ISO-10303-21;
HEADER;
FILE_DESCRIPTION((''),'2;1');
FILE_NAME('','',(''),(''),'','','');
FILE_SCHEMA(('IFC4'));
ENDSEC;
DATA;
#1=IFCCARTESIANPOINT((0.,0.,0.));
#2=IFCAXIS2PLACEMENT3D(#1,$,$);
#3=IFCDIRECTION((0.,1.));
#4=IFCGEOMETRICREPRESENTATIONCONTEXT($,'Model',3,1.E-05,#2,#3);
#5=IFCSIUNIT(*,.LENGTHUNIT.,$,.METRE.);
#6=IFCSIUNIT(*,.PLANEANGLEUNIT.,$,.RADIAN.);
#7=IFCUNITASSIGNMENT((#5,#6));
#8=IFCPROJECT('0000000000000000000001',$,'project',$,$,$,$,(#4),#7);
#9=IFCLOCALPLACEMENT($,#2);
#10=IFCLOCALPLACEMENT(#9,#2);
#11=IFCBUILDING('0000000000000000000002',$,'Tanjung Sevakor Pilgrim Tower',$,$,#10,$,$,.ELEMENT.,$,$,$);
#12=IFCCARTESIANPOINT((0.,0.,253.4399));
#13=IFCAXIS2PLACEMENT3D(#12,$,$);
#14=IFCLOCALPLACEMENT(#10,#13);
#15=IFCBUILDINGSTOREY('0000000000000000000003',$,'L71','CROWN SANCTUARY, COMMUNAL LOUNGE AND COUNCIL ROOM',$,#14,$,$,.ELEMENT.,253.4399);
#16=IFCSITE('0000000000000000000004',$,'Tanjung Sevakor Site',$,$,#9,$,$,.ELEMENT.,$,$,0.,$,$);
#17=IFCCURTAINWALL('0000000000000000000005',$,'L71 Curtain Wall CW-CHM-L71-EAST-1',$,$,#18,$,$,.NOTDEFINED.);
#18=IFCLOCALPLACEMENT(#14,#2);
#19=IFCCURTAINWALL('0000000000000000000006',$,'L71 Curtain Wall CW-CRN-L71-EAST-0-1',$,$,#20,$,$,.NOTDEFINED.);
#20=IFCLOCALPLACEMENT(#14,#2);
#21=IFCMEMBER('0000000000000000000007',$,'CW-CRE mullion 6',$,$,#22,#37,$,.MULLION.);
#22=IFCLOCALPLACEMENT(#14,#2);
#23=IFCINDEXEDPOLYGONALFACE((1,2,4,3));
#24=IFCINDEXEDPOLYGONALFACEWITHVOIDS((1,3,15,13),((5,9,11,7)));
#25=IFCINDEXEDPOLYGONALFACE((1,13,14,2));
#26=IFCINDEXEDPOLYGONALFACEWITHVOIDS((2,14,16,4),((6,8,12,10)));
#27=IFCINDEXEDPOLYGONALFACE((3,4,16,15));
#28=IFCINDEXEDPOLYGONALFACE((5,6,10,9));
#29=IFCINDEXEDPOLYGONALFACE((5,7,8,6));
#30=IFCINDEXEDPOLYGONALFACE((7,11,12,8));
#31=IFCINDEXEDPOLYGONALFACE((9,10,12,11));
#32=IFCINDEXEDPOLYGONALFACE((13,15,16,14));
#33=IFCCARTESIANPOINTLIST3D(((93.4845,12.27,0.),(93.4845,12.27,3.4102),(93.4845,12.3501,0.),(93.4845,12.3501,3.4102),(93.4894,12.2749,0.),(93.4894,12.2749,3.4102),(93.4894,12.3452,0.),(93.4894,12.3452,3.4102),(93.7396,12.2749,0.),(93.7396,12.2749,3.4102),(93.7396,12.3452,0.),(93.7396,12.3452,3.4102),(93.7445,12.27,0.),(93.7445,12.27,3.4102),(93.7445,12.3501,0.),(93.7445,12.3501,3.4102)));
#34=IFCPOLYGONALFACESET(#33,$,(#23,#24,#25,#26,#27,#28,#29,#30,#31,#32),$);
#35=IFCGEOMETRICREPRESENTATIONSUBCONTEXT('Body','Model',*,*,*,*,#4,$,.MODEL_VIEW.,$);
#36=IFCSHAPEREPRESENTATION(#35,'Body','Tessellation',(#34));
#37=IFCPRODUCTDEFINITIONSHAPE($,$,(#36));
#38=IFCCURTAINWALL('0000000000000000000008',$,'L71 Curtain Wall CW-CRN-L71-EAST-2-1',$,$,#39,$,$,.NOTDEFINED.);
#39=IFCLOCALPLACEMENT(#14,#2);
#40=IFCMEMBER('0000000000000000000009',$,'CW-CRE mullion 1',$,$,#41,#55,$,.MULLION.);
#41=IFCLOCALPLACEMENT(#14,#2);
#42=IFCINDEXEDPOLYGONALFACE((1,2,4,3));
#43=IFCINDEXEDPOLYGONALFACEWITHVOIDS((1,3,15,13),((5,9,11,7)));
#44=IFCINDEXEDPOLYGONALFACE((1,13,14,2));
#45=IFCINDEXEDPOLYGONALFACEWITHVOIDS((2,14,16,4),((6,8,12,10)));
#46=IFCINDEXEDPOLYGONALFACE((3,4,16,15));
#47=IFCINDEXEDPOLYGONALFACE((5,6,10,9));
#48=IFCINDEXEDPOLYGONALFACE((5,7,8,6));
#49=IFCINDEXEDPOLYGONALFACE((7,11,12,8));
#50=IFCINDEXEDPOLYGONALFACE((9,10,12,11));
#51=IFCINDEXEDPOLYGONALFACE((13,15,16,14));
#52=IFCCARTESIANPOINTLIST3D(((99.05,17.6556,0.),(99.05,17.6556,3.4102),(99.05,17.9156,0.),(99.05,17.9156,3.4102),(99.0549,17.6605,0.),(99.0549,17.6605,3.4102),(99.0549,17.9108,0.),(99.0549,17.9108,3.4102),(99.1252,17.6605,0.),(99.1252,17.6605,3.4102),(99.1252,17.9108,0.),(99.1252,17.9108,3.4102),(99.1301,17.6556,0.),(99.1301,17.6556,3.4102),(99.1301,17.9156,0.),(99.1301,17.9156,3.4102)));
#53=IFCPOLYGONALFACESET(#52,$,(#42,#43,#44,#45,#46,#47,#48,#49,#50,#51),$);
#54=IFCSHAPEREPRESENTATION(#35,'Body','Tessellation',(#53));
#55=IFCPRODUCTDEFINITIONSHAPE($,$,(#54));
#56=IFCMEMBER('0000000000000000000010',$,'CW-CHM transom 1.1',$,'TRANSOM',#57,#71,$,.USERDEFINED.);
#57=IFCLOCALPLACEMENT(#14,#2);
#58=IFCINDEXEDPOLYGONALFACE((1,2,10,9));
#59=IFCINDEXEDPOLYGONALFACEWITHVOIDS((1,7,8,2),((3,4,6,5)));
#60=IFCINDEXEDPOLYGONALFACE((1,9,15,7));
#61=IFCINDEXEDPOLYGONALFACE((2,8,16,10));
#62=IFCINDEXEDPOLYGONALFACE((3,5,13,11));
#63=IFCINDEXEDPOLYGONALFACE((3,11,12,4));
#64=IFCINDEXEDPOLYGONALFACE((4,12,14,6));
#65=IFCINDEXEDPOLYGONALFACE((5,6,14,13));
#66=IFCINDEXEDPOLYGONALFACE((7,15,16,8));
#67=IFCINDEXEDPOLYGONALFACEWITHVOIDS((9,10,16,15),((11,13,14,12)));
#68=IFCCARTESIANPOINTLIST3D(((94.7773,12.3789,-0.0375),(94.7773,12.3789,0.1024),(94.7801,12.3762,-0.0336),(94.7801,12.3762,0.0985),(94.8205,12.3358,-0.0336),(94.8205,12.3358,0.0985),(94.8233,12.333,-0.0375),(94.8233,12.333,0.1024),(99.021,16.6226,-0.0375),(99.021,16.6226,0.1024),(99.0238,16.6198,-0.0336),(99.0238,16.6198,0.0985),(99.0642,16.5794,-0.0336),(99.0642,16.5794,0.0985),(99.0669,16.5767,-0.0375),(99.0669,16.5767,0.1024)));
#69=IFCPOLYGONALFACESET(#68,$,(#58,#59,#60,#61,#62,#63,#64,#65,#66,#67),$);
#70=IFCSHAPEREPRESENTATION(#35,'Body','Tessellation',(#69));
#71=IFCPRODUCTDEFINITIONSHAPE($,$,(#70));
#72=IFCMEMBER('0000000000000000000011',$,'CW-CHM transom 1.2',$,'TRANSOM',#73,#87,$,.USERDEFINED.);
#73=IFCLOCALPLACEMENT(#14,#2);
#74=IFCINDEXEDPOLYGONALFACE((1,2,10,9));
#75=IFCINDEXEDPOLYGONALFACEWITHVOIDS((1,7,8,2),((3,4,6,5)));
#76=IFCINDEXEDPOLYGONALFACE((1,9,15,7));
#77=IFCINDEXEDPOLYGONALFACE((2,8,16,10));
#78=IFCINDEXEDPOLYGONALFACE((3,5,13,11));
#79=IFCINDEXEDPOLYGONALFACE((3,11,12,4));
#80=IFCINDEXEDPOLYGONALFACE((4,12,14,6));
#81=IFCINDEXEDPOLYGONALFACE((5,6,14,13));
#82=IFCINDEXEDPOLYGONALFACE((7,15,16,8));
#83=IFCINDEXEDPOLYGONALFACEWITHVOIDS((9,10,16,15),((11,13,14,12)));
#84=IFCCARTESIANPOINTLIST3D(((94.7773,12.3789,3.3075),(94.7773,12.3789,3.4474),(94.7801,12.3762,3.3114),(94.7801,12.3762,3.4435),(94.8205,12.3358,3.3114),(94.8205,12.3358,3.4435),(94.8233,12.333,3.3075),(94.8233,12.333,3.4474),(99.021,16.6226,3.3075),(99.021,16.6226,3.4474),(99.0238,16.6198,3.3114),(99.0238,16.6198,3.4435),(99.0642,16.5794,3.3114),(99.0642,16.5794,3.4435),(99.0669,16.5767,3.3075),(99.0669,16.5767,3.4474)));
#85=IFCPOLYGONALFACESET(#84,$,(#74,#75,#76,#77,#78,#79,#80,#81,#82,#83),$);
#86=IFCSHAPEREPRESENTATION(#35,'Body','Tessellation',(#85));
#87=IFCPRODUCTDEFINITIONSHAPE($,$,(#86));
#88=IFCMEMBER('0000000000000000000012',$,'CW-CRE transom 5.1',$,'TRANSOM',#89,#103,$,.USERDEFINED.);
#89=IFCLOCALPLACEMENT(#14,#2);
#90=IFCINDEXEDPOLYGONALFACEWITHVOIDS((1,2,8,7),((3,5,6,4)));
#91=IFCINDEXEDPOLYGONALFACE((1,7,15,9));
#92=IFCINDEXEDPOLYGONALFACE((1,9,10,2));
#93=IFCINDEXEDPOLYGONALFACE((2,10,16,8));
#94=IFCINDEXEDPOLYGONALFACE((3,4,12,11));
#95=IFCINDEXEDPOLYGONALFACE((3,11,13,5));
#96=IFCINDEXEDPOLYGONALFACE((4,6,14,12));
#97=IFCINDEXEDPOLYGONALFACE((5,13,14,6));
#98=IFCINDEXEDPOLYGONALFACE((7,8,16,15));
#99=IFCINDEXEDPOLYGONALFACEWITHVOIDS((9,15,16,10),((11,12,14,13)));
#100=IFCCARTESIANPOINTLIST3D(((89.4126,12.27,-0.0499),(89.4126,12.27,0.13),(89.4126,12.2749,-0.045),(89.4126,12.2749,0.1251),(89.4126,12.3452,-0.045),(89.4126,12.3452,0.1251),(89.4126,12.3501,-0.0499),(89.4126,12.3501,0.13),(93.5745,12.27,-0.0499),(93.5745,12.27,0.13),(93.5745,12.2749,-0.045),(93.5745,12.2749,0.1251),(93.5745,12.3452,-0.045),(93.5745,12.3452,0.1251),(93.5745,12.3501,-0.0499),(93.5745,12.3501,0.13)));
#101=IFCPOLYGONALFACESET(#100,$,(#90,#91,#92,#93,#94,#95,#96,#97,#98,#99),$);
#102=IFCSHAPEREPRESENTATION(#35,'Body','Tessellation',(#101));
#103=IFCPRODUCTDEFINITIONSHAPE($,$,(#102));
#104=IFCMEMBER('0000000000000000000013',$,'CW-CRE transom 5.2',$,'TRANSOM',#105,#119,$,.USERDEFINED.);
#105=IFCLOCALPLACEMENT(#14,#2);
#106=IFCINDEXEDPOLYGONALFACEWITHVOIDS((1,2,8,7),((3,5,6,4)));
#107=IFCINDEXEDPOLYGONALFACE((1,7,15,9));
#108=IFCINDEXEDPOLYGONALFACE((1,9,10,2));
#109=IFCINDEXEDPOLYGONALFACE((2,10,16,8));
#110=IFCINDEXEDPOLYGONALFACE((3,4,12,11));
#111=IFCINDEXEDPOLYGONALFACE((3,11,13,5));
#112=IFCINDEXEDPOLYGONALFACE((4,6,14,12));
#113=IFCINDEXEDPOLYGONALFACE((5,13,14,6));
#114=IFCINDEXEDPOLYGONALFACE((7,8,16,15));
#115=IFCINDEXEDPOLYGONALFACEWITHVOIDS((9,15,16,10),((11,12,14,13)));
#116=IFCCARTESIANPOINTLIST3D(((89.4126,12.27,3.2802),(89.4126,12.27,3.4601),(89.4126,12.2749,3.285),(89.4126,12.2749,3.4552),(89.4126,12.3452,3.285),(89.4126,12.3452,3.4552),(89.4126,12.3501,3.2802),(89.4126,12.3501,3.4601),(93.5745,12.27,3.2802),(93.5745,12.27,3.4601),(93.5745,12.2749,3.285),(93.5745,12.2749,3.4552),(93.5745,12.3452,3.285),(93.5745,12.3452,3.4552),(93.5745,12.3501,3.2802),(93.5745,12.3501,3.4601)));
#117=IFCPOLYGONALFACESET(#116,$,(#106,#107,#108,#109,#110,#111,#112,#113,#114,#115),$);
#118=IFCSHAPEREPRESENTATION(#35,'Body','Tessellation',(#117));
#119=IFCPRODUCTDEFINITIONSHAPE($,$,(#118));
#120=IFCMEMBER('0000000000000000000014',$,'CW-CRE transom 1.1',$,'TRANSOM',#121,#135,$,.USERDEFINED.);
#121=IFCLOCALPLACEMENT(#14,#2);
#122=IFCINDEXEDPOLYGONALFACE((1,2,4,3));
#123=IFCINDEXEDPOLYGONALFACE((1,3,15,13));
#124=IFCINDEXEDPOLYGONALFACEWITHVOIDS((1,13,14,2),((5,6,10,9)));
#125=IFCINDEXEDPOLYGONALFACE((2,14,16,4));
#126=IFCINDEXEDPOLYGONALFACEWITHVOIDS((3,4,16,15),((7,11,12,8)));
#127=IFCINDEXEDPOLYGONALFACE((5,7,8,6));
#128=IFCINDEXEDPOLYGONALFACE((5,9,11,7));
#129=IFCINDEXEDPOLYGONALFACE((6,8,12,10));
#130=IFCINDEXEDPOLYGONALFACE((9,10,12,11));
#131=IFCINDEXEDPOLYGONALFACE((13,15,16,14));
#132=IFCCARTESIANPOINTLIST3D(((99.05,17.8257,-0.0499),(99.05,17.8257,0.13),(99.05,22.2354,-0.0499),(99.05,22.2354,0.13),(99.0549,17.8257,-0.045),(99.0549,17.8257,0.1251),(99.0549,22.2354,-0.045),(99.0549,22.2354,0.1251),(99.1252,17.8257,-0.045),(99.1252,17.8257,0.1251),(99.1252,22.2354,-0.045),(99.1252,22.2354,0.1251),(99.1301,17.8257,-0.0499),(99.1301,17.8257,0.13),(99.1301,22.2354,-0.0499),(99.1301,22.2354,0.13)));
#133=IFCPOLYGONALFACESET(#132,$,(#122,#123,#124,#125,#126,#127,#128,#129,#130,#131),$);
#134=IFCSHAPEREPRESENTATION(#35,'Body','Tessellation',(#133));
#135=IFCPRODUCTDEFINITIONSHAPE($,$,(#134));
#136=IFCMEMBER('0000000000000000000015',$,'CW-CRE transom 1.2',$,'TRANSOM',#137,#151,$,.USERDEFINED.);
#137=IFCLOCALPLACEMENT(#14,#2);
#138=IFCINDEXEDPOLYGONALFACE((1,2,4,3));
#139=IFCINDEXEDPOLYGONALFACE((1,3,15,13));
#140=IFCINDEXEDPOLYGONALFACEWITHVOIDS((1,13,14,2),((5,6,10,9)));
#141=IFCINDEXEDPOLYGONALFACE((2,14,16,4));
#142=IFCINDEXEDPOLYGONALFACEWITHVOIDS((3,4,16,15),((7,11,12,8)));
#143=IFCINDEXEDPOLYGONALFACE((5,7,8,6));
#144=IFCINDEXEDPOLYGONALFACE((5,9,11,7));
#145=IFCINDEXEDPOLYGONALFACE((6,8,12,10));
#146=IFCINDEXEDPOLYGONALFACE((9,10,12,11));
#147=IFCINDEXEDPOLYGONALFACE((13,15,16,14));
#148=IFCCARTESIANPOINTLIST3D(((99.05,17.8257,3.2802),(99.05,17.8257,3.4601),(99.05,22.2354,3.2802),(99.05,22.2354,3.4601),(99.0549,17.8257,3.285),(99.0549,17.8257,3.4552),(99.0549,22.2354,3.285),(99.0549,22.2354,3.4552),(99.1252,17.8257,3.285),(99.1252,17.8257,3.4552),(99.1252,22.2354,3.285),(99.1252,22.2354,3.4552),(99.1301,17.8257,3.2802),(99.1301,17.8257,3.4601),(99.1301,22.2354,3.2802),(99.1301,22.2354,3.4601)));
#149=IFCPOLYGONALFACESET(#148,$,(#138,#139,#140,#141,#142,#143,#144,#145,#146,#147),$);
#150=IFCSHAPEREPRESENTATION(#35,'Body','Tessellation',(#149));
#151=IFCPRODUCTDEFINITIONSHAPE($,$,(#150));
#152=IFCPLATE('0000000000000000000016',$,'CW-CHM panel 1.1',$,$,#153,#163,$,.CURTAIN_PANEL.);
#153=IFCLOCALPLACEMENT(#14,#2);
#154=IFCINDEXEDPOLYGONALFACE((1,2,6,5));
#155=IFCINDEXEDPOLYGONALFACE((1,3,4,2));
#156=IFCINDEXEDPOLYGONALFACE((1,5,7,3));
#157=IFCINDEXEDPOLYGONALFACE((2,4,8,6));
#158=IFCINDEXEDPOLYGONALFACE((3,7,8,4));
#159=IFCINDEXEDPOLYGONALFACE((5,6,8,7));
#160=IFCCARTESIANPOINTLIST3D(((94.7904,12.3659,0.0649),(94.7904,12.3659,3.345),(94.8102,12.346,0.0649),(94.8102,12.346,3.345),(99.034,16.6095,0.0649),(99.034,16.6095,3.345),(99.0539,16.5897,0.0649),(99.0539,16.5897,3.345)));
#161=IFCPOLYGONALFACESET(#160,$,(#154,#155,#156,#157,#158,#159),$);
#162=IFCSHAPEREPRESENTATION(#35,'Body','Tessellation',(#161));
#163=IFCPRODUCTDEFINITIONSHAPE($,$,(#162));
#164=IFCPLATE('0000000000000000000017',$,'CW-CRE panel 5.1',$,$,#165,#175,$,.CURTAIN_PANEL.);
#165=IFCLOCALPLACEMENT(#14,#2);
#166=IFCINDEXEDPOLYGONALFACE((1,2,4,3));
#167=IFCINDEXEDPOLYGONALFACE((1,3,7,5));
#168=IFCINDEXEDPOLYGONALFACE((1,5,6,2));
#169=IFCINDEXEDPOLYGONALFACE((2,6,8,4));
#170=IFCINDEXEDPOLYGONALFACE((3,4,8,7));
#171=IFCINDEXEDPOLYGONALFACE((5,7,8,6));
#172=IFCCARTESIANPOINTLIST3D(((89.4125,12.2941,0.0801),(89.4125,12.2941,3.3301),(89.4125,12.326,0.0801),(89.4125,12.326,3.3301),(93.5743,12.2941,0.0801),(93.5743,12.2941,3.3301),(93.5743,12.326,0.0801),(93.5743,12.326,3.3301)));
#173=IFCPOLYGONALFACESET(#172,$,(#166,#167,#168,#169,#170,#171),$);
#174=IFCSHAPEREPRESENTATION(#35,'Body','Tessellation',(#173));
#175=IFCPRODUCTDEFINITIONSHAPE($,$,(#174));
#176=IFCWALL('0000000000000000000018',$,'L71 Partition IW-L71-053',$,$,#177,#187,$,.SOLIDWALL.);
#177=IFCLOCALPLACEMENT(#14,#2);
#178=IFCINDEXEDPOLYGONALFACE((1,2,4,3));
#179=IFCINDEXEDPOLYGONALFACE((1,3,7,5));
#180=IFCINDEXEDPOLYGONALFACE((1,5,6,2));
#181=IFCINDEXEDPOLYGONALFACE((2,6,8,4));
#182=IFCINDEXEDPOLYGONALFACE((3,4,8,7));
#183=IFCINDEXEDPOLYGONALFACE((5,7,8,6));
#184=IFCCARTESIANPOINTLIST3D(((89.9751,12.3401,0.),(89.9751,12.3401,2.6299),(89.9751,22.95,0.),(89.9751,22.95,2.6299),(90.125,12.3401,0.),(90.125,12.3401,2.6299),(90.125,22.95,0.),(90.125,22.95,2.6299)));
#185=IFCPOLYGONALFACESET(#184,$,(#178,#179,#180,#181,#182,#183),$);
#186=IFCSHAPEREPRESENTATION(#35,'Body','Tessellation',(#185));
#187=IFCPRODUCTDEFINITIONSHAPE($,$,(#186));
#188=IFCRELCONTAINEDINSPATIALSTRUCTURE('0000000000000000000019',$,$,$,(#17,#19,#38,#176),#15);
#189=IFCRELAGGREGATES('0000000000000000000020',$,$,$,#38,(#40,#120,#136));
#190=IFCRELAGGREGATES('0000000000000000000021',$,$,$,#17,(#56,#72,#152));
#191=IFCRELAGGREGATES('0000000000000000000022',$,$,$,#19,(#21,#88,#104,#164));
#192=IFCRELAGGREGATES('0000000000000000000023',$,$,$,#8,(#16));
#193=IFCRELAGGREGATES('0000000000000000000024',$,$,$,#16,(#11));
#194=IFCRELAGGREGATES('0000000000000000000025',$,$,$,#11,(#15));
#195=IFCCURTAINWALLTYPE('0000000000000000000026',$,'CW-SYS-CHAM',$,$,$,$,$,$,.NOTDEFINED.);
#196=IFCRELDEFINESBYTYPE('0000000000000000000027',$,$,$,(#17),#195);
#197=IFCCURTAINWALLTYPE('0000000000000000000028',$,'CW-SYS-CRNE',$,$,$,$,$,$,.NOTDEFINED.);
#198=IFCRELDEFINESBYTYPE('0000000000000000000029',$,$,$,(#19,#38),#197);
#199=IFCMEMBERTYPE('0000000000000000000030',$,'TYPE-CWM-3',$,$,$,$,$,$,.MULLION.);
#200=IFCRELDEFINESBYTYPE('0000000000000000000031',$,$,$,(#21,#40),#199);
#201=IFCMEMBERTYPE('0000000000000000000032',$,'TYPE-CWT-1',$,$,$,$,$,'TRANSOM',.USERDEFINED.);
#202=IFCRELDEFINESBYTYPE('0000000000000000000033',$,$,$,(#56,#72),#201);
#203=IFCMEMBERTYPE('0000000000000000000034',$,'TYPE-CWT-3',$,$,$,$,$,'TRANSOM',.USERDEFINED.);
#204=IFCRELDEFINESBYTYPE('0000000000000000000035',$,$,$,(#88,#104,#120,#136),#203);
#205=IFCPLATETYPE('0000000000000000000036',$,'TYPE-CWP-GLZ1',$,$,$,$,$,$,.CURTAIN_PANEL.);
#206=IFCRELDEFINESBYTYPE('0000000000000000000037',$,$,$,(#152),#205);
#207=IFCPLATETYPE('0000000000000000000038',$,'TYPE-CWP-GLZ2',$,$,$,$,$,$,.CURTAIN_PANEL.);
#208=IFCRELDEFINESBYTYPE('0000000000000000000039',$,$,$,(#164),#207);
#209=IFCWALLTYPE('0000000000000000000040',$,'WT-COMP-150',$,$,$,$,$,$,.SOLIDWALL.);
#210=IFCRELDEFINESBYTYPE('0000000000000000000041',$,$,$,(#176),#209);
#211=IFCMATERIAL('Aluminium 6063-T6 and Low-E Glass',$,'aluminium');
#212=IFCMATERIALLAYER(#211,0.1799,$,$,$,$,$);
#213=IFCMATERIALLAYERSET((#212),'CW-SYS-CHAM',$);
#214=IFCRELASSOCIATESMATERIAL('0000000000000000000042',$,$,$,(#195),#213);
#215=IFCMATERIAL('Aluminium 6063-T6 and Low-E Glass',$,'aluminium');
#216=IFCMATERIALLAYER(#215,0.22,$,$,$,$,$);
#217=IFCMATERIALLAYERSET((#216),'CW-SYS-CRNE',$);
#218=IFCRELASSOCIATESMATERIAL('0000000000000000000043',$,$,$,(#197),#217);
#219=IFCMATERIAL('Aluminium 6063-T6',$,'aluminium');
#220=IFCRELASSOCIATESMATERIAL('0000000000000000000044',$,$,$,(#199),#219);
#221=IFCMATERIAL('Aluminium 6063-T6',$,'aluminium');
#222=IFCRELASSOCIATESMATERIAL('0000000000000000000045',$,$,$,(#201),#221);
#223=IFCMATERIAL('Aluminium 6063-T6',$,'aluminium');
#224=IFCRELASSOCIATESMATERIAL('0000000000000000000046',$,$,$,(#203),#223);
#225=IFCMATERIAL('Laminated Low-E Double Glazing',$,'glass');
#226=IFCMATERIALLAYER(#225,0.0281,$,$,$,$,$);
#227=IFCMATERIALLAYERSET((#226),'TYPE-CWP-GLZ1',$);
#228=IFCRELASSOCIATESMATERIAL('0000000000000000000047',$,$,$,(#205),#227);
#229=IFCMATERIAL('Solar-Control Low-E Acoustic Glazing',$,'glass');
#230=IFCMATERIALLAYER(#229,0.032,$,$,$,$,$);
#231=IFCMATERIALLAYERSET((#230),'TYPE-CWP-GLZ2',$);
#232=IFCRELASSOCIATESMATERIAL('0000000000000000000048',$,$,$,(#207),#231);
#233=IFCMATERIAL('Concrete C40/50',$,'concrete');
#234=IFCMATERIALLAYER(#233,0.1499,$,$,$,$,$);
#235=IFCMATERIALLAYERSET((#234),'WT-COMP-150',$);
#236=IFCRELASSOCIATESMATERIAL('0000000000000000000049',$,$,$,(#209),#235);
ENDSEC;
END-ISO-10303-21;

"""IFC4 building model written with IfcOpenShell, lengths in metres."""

from ifc_helpers import new_model, si_unit, direction, frame, frame_2d, origin, origin_2d, place, context, subcontext, project, spatial, rectangle, hollow_rectangle, extrude, material, layer, layer_set, material_profile, profile_set, type_object, element, aggregate, save


model = new_model("IFC4")

# Units and contexts
model_context = context("Model", 3, precision=1e-05, world=origin(), true_north=direction((0.0, 1.0)))
body_context = subcontext(model_context, "Body", "Model", "MODEL_VIEW")
ifc_project = project(units=[si_unit("LENGTHUNIT", "METRE"), si_unit("PLANEANGLEUNIT", "RADIAN")], contexts=[model_context])

# Site, building, storey
site_placement = place(None, origin())
site = spatial("IfcSite", under=ifc_project, at=site_placement, Name="Tanjung Sevakor Site", CompositionType="ELEMENT", RefElevation=0.0)
building_placement = place(site_placement, origin())
building = spatial("IfcBuilding", under=site, at=building_placement, Name="Tanjung Sevakor Pilgrim Tower", CompositionType="ELEMENT")
storey_placement = place(building_placement, frame((0.0, 0.0, 253.4399)))
storey = spatial("IfcBuildingStorey", under=building, at=storey_placement, Name="L71", Description="CROWN SANCTUARY, COMMUNAL LOUNGE AND COUNCIL ROOM", CompositionType="ELEMENT", Elevation=253.4399)

# Curtain walls, member
ifc_material_1 = material(Name="Aluminium 6063-T6 and Low-E Glass", Category="aluminium")
ifc_layer_1 = layer(ifc_material_1, 0.1799)
ifc_layer_set_1 = layer_set([ifc_layer_1], Name="CW-SYS-CHAM")
curtain_wall_type_1 = type_object("IfcCurtainWallType", Name="CW-SYS-CHAM", PredefinedType="NOTDEFINED", material=ifc_layer_set_1)
curtain_wall_1_placement = place(storey_placement, origin())
curtain_wall_1 = element("IfcCurtainWall", 1, at=curtain_wall_1_placement, inside=storey, type_object=curtain_wall_type_1, Name="L71 Curtain Wall CW-CHM-L71-EAST-1", PredefinedType="NOTDEFINED")
ifc_material_2 = material(Name="Aluminium 6063-T6 and Low-E Glass", Category="aluminium")
ifc_layer_2 = layer(ifc_material_2, 0.22)
ifc_layer_set_2 = layer_set([ifc_layer_2], Name="CW-SYS-CRNE")
curtain_wall_type_2 = type_object("IfcCurtainWallType", Name="CW-SYS-CRNE", PredefinedType="NOTDEFINED", material=ifc_layer_set_2)
curtain_wall_2_placement = place(storey_placement, origin())
curtain_wall_2 = element("IfcCurtainWall", 2, at=curtain_wall_2_placement, inside=storey, type_object=curtain_wall_type_2, Name="L71 Curtain Wall CW-CRN-L71-EAST-0-1", PredefinedType="NOTDEFINED")
ifc_material_3 = material(Name="Aluminium 6063-T6", Category="aluminium")
ifc_material_profile_1 = material_profile(ifc_material_3, hollow_rectangle(XDim=0.0801, YDim=0.26, WallThickness=0.0049, at=origin_2d()))
ifc_profile_set_1 = profile_set([ifc_material_profile_1], Name="Aluminium 6063-T6")
member_type_1 = type_object("IfcMemberType", Name="TYPE-CWM-3", PredefinedType="MULLION", material=ifc_profile_set_1)
member_1_placement = place(storey_placement, frame((93.6145, 12.3101, 0.0), z_axis=(0.0, 0.0, 1.0), x_axis=(0.0, 1.0, 0.0)))
member_1 = element("IfcMember", 3, at=member_1_placement, type_object=member_type_1, Name="CW-CRE mullion 6", PredefinedType="MULLION", context=body_context, shape_type="SweptSolid", body=[
    extrude(hollow_rectangle(XDim=0.0801, YDim=0.26, WallThickness=0.0049, at=origin_2d()), origin(), (0.0, 0.0, 1.0), 3.4102),
])

# Curtain wall, member
curtain_wall_3_placement = place(storey_placement, origin())
curtain_wall_3 = element("IfcCurtainWall", 4, at=curtain_wall_3_placement, inside=storey, type_object=curtain_wall_type_2, Name="L71 Curtain Wall CW-CRN-L71-EAST-2-1", PredefinedType="NOTDEFINED")
member_2_placement = place(storey_placement, frame((99.0901, 17.7856, 0.0), z_axis=(0.0, 0.0, 1.0), x_axis=(-1.0, 0.0, 0.0)))
member_2 = element("IfcMember", 5, at=member_2_placement, type_object=member_type_1, Name="CW-CRE mullion 1", PredefinedType="MULLION", context=body_context, shape_type="SweptSolid", body=[
    extrude(hollow_rectangle(XDim=0.0801, YDim=0.26, WallThickness=0.0049, at=origin_2d()), origin(), (0.0, 0.0, 1.0), 3.4102),
])

# Members
ifc_material_4 = material(Name="Aluminium 6063-T6", Category="aluminium")
ifc_material_profile_2 = material_profile(ifc_material_4, hollow_rectangle(XDim=0.0649, YDim=0.1399, WallThickness=0.0039, at=origin_2d()))
ifc_profile_set_2 = profile_set([ifc_material_profile_2], Name="Aluminium 6063-T6")
member_type_2 = type_object("IfcMemberType", Name="TYPE-CWT-1", ElementType="TRANSOM", PredefinedType="USERDEFINED", material=ifc_profile_set_2)
member_3_placement = place(storey_placement, frame((94.8003, 12.356, 0.0325), z_axis=(0.707107, 0.707107, 0.0), x_axis=(-0.707107, 0.707107, 0.0)))
member_3 = element("IfcMember", 6, at=member_3_placement, type_object=member_type_2, Name="CW-CHM transom 1.1", ObjectType="TRANSOM", PredefinedType="USERDEFINED", context=body_context, shape_type="SweptSolid", body=[
    extrude(hollow_rectangle(XDim=0.0649, YDim=0.1399, WallThickness=0.0039, at=origin_2d()), origin(), (0.0, 0.0, 1.0), 6.0015),
])
member_4_placement = place(storey_placement, frame((94.8003, 12.356, 3.3774), z_axis=(0.707107, 0.707107, 0.0), x_axis=(-0.707107, 0.707107, 0.0)))
member_4 = element("IfcMember", 7, at=member_4_placement, type_object=member_type_2, Name="CW-CHM transom 1.2", ObjectType="TRANSOM", PredefinedType="USERDEFINED", context=body_context, shape_type="SweptSolid", body=[
    extrude(hollow_rectangle(XDim=0.0649, YDim=0.1399, WallThickness=0.0039, at=origin_2d()), origin(), (0.0, 0.0, 1.0), 6.0015),
])
ifc_material_5 = material(Name="Aluminium 6063-T6", Category="aluminium")
ifc_material_profile_3 = material_profile(ifc_material_5, hollow_rectangle(XDim=0.0801, YDim=0.1799, WallThickness=0.0049, at=origin_2d()))
ifc_profile_set_3 = profile_set([ifc_material_profile_3], Name="Aluminium 6063-T6")
member_type_3 = type_object("IfcMemberType", Name="TYPE-CWT-3", ElementType="TRANSOM", PredefinedType="USERDEFINED", material=ifc_profile_set_3)
member_5_placement = place(storey_placement, frame((89.4126, 12.3101, 0.04), z_axis=(1.0, 0.0, 0.0), x_axis=(0.0, 1.0, 0.0)))
member_5 = element("IfcMember", 8, at=member_5_placement, type_object=member_type_3, Name="CW-CRE transom 5.1", ObjectType="TRANSOM", PredefinedType="USERDEFINED", context=body_context, shape_type="SweptSolid", body=[
    extrude(hollow_rectangle(XDim=0.0801, YDim=0.1799, WallThickness=0.0049, at=origin_2d()), origin(), (0.0, 0.0, 1.0), 4.1619),
])
member_6_placement = place(storey_placement, frame((89.4126, 12.3101, 3.3701), z_axis=(1.0, 0.0, 0.0), x_axis=(0.0, 1.0, 0.0)))
member_6 = element("IfcMember", 9, at=member_6_placement, type_object=member_type_3, Name="CW-CRE transom 5.2", ObjectType="TRANSOM", PredefinedType="USERDEFINED", context=body_context, shape_type="SweptSolid", body=[
    extrude(hollow_rectangle(XDim=0.0801, YDim=0.1799, WallThickness=0.0049, at=origin_2d()), origin(), (0.0, 0.0, 1.0), 4.1619),
])
member_7_placement = place(storey_placement, frame((99.0901, 17.8257, 0.04), z_axis=(0.0, 1.0, 0.0), x_axis=(-1.0, 0.0, 0.0)))
member_7 = element("IfcMember", 10, at=member_7_placement, type_object=member_type_3, Name="CW-CRE transom 1.1", ObjectType="TRANSOM", PredefinedType="USERDEFINED", context=body_context, shape_type="SweptSolid", body=[
    extrude(hollow_rectangle(XDim=0.0801, YDim=0.1799, WallThickness=0.0049, at=origin_2d()), origin(), (0.0, 0.0, 1.0), 4.4097),
])
member_8_placement = place(storey_placement, frame((99.0901, 17.8257, 3.3701), z_axis=(0.0, 1.0, 0.0), x_axis=(-1.0, 0.0, 0.0)))
member_8 = element("IfcMember", 11, at=member_8_placement, type_object=member_type_3, Name="CW-CRE transom 1.2", ObjectType="TRANSOM", PredefinedType="USERDEFINED", context=body_context, shape_type="SweptSolid", body=[
    extrude(hollow_rectangle(XDim=0.0801, YDim=0.1799, WallThickness=0.0049, at=origin_2d()), origin(), (0.0, 0.0, 1.0), 4.4097),
])
aggregate(curtain_wall_3, [member_2, member_7, member_8])

# Plates
ifc_material_6 = material(Name="Laminated Low-E Double Glazing", Category="glass")
ifc_layer_3 = layer(ifc_material_6, 0.0281)
ifc_layer_set_3 = layer_set([ifc_layer_3], Name="TYPE-CWP-GLZ1")
plate_type_1 = type_object("IfcPlateType", Name="TYPE-CWP-GLZ1", PredefinedType="CURTAIN_PANEL", material=ifc_layer_set_3)
plate_1_placement = place(storey_placement, frame((96.9221, 14.4778, 0.0649), z_axis=(0.0, 0.0, 1.0), x_axis=(0.707107, 0.707107, 0.0)))
plate_1 = element("IfcPlate", 12, at=plate_1_placement, type_object=plate_type_1, Name="CW-CHM panel 1.1", PredefinedType="CURTAIN_PANEL", context=body_context, shape_type="SweptSolid", body=[
    extrude(rectangle(XDim=6.0015, YDim=0.0281, at=origin_2d()), origin(), (0.0, 0.0, 1.0), 3.28),
])
aggregate(curtain_wall_1, [member_3, member_4, plate_1])
ifc_material_7 = material(Name="Solar-Control Low-E Acoustic Glazing", Category="glass")
ifc_layer_4 = layer(ifc_material_7, 0.032)
ifc_layer_set_4 = layer_set([ifc_layer_4], Name="TYPE-CWP-GLZ2")
plate_type_2 = type_object("IfcPlateType", Name="TYPE-CWP-GLZ2", PredefinedType="CURTAIN_PANEL", material=ifc_layer_set_4)
plate_2_placement = place(storey_placement, frame((91.4934, 12.3101, 0.0801), z_axis=(0.0, 0.0, 1.0), x_axis=(1.0, 0.0, 0.0)))
plate_2 = element("IfcPlate", 13, at=plate_2_placement, type_object=plate_type_2, Name="CW-CRE panel 5.1", PredefinedType="CURTAIN_PANEL", context=body_context, shape_type="SweptSolid", body=[
    extrude(rectangle(XDim=4.1619, YDim=0.032, at=origin_2d()), origin(), (0.0, 0.0, 1.0), 3.25),
])
aggregate(curtain_wall_2, [member_1, member_5, member_6, plate_2])

# Wall
ifc_material_8 = material(Name="Concrete C40/50", Category="concrete")
ifc_layer_5 = layer(ifc_material_8, 0.1499)
ifc_layer_set_5 = layer_set([ifc_layer_5], Name="WT-COMP-150")
wall_type_1 = type_object("IfcWallType", Name="WT-COMP-150", PredefinedType="SOLIDWALL", material=ifc_layer_set_5)
wall_1_placement = place(storey_placement, frame((90.05, 12.3401, 0.0), z_axis=(0.0, 0.0, 1.0), x_axis=(0.0, 1.0, 0.0)))
element("IfcWall", 14, at=wall_1_placement, inside=storey, type_object=wall_type_1, Name="L71 Partition IW-L71-053", PredefinedType="SOLIDWALL", context=body_context, shape_type="SweptSolid", body=[
    extrude(rectangle(XDim=10.6099, YDim=0.1499, at=frame_2d((5.3049, 0.0))), origin(), (0.0, 0.0, 1.0), 2.6299),
])

save(model, "model.ifc")
